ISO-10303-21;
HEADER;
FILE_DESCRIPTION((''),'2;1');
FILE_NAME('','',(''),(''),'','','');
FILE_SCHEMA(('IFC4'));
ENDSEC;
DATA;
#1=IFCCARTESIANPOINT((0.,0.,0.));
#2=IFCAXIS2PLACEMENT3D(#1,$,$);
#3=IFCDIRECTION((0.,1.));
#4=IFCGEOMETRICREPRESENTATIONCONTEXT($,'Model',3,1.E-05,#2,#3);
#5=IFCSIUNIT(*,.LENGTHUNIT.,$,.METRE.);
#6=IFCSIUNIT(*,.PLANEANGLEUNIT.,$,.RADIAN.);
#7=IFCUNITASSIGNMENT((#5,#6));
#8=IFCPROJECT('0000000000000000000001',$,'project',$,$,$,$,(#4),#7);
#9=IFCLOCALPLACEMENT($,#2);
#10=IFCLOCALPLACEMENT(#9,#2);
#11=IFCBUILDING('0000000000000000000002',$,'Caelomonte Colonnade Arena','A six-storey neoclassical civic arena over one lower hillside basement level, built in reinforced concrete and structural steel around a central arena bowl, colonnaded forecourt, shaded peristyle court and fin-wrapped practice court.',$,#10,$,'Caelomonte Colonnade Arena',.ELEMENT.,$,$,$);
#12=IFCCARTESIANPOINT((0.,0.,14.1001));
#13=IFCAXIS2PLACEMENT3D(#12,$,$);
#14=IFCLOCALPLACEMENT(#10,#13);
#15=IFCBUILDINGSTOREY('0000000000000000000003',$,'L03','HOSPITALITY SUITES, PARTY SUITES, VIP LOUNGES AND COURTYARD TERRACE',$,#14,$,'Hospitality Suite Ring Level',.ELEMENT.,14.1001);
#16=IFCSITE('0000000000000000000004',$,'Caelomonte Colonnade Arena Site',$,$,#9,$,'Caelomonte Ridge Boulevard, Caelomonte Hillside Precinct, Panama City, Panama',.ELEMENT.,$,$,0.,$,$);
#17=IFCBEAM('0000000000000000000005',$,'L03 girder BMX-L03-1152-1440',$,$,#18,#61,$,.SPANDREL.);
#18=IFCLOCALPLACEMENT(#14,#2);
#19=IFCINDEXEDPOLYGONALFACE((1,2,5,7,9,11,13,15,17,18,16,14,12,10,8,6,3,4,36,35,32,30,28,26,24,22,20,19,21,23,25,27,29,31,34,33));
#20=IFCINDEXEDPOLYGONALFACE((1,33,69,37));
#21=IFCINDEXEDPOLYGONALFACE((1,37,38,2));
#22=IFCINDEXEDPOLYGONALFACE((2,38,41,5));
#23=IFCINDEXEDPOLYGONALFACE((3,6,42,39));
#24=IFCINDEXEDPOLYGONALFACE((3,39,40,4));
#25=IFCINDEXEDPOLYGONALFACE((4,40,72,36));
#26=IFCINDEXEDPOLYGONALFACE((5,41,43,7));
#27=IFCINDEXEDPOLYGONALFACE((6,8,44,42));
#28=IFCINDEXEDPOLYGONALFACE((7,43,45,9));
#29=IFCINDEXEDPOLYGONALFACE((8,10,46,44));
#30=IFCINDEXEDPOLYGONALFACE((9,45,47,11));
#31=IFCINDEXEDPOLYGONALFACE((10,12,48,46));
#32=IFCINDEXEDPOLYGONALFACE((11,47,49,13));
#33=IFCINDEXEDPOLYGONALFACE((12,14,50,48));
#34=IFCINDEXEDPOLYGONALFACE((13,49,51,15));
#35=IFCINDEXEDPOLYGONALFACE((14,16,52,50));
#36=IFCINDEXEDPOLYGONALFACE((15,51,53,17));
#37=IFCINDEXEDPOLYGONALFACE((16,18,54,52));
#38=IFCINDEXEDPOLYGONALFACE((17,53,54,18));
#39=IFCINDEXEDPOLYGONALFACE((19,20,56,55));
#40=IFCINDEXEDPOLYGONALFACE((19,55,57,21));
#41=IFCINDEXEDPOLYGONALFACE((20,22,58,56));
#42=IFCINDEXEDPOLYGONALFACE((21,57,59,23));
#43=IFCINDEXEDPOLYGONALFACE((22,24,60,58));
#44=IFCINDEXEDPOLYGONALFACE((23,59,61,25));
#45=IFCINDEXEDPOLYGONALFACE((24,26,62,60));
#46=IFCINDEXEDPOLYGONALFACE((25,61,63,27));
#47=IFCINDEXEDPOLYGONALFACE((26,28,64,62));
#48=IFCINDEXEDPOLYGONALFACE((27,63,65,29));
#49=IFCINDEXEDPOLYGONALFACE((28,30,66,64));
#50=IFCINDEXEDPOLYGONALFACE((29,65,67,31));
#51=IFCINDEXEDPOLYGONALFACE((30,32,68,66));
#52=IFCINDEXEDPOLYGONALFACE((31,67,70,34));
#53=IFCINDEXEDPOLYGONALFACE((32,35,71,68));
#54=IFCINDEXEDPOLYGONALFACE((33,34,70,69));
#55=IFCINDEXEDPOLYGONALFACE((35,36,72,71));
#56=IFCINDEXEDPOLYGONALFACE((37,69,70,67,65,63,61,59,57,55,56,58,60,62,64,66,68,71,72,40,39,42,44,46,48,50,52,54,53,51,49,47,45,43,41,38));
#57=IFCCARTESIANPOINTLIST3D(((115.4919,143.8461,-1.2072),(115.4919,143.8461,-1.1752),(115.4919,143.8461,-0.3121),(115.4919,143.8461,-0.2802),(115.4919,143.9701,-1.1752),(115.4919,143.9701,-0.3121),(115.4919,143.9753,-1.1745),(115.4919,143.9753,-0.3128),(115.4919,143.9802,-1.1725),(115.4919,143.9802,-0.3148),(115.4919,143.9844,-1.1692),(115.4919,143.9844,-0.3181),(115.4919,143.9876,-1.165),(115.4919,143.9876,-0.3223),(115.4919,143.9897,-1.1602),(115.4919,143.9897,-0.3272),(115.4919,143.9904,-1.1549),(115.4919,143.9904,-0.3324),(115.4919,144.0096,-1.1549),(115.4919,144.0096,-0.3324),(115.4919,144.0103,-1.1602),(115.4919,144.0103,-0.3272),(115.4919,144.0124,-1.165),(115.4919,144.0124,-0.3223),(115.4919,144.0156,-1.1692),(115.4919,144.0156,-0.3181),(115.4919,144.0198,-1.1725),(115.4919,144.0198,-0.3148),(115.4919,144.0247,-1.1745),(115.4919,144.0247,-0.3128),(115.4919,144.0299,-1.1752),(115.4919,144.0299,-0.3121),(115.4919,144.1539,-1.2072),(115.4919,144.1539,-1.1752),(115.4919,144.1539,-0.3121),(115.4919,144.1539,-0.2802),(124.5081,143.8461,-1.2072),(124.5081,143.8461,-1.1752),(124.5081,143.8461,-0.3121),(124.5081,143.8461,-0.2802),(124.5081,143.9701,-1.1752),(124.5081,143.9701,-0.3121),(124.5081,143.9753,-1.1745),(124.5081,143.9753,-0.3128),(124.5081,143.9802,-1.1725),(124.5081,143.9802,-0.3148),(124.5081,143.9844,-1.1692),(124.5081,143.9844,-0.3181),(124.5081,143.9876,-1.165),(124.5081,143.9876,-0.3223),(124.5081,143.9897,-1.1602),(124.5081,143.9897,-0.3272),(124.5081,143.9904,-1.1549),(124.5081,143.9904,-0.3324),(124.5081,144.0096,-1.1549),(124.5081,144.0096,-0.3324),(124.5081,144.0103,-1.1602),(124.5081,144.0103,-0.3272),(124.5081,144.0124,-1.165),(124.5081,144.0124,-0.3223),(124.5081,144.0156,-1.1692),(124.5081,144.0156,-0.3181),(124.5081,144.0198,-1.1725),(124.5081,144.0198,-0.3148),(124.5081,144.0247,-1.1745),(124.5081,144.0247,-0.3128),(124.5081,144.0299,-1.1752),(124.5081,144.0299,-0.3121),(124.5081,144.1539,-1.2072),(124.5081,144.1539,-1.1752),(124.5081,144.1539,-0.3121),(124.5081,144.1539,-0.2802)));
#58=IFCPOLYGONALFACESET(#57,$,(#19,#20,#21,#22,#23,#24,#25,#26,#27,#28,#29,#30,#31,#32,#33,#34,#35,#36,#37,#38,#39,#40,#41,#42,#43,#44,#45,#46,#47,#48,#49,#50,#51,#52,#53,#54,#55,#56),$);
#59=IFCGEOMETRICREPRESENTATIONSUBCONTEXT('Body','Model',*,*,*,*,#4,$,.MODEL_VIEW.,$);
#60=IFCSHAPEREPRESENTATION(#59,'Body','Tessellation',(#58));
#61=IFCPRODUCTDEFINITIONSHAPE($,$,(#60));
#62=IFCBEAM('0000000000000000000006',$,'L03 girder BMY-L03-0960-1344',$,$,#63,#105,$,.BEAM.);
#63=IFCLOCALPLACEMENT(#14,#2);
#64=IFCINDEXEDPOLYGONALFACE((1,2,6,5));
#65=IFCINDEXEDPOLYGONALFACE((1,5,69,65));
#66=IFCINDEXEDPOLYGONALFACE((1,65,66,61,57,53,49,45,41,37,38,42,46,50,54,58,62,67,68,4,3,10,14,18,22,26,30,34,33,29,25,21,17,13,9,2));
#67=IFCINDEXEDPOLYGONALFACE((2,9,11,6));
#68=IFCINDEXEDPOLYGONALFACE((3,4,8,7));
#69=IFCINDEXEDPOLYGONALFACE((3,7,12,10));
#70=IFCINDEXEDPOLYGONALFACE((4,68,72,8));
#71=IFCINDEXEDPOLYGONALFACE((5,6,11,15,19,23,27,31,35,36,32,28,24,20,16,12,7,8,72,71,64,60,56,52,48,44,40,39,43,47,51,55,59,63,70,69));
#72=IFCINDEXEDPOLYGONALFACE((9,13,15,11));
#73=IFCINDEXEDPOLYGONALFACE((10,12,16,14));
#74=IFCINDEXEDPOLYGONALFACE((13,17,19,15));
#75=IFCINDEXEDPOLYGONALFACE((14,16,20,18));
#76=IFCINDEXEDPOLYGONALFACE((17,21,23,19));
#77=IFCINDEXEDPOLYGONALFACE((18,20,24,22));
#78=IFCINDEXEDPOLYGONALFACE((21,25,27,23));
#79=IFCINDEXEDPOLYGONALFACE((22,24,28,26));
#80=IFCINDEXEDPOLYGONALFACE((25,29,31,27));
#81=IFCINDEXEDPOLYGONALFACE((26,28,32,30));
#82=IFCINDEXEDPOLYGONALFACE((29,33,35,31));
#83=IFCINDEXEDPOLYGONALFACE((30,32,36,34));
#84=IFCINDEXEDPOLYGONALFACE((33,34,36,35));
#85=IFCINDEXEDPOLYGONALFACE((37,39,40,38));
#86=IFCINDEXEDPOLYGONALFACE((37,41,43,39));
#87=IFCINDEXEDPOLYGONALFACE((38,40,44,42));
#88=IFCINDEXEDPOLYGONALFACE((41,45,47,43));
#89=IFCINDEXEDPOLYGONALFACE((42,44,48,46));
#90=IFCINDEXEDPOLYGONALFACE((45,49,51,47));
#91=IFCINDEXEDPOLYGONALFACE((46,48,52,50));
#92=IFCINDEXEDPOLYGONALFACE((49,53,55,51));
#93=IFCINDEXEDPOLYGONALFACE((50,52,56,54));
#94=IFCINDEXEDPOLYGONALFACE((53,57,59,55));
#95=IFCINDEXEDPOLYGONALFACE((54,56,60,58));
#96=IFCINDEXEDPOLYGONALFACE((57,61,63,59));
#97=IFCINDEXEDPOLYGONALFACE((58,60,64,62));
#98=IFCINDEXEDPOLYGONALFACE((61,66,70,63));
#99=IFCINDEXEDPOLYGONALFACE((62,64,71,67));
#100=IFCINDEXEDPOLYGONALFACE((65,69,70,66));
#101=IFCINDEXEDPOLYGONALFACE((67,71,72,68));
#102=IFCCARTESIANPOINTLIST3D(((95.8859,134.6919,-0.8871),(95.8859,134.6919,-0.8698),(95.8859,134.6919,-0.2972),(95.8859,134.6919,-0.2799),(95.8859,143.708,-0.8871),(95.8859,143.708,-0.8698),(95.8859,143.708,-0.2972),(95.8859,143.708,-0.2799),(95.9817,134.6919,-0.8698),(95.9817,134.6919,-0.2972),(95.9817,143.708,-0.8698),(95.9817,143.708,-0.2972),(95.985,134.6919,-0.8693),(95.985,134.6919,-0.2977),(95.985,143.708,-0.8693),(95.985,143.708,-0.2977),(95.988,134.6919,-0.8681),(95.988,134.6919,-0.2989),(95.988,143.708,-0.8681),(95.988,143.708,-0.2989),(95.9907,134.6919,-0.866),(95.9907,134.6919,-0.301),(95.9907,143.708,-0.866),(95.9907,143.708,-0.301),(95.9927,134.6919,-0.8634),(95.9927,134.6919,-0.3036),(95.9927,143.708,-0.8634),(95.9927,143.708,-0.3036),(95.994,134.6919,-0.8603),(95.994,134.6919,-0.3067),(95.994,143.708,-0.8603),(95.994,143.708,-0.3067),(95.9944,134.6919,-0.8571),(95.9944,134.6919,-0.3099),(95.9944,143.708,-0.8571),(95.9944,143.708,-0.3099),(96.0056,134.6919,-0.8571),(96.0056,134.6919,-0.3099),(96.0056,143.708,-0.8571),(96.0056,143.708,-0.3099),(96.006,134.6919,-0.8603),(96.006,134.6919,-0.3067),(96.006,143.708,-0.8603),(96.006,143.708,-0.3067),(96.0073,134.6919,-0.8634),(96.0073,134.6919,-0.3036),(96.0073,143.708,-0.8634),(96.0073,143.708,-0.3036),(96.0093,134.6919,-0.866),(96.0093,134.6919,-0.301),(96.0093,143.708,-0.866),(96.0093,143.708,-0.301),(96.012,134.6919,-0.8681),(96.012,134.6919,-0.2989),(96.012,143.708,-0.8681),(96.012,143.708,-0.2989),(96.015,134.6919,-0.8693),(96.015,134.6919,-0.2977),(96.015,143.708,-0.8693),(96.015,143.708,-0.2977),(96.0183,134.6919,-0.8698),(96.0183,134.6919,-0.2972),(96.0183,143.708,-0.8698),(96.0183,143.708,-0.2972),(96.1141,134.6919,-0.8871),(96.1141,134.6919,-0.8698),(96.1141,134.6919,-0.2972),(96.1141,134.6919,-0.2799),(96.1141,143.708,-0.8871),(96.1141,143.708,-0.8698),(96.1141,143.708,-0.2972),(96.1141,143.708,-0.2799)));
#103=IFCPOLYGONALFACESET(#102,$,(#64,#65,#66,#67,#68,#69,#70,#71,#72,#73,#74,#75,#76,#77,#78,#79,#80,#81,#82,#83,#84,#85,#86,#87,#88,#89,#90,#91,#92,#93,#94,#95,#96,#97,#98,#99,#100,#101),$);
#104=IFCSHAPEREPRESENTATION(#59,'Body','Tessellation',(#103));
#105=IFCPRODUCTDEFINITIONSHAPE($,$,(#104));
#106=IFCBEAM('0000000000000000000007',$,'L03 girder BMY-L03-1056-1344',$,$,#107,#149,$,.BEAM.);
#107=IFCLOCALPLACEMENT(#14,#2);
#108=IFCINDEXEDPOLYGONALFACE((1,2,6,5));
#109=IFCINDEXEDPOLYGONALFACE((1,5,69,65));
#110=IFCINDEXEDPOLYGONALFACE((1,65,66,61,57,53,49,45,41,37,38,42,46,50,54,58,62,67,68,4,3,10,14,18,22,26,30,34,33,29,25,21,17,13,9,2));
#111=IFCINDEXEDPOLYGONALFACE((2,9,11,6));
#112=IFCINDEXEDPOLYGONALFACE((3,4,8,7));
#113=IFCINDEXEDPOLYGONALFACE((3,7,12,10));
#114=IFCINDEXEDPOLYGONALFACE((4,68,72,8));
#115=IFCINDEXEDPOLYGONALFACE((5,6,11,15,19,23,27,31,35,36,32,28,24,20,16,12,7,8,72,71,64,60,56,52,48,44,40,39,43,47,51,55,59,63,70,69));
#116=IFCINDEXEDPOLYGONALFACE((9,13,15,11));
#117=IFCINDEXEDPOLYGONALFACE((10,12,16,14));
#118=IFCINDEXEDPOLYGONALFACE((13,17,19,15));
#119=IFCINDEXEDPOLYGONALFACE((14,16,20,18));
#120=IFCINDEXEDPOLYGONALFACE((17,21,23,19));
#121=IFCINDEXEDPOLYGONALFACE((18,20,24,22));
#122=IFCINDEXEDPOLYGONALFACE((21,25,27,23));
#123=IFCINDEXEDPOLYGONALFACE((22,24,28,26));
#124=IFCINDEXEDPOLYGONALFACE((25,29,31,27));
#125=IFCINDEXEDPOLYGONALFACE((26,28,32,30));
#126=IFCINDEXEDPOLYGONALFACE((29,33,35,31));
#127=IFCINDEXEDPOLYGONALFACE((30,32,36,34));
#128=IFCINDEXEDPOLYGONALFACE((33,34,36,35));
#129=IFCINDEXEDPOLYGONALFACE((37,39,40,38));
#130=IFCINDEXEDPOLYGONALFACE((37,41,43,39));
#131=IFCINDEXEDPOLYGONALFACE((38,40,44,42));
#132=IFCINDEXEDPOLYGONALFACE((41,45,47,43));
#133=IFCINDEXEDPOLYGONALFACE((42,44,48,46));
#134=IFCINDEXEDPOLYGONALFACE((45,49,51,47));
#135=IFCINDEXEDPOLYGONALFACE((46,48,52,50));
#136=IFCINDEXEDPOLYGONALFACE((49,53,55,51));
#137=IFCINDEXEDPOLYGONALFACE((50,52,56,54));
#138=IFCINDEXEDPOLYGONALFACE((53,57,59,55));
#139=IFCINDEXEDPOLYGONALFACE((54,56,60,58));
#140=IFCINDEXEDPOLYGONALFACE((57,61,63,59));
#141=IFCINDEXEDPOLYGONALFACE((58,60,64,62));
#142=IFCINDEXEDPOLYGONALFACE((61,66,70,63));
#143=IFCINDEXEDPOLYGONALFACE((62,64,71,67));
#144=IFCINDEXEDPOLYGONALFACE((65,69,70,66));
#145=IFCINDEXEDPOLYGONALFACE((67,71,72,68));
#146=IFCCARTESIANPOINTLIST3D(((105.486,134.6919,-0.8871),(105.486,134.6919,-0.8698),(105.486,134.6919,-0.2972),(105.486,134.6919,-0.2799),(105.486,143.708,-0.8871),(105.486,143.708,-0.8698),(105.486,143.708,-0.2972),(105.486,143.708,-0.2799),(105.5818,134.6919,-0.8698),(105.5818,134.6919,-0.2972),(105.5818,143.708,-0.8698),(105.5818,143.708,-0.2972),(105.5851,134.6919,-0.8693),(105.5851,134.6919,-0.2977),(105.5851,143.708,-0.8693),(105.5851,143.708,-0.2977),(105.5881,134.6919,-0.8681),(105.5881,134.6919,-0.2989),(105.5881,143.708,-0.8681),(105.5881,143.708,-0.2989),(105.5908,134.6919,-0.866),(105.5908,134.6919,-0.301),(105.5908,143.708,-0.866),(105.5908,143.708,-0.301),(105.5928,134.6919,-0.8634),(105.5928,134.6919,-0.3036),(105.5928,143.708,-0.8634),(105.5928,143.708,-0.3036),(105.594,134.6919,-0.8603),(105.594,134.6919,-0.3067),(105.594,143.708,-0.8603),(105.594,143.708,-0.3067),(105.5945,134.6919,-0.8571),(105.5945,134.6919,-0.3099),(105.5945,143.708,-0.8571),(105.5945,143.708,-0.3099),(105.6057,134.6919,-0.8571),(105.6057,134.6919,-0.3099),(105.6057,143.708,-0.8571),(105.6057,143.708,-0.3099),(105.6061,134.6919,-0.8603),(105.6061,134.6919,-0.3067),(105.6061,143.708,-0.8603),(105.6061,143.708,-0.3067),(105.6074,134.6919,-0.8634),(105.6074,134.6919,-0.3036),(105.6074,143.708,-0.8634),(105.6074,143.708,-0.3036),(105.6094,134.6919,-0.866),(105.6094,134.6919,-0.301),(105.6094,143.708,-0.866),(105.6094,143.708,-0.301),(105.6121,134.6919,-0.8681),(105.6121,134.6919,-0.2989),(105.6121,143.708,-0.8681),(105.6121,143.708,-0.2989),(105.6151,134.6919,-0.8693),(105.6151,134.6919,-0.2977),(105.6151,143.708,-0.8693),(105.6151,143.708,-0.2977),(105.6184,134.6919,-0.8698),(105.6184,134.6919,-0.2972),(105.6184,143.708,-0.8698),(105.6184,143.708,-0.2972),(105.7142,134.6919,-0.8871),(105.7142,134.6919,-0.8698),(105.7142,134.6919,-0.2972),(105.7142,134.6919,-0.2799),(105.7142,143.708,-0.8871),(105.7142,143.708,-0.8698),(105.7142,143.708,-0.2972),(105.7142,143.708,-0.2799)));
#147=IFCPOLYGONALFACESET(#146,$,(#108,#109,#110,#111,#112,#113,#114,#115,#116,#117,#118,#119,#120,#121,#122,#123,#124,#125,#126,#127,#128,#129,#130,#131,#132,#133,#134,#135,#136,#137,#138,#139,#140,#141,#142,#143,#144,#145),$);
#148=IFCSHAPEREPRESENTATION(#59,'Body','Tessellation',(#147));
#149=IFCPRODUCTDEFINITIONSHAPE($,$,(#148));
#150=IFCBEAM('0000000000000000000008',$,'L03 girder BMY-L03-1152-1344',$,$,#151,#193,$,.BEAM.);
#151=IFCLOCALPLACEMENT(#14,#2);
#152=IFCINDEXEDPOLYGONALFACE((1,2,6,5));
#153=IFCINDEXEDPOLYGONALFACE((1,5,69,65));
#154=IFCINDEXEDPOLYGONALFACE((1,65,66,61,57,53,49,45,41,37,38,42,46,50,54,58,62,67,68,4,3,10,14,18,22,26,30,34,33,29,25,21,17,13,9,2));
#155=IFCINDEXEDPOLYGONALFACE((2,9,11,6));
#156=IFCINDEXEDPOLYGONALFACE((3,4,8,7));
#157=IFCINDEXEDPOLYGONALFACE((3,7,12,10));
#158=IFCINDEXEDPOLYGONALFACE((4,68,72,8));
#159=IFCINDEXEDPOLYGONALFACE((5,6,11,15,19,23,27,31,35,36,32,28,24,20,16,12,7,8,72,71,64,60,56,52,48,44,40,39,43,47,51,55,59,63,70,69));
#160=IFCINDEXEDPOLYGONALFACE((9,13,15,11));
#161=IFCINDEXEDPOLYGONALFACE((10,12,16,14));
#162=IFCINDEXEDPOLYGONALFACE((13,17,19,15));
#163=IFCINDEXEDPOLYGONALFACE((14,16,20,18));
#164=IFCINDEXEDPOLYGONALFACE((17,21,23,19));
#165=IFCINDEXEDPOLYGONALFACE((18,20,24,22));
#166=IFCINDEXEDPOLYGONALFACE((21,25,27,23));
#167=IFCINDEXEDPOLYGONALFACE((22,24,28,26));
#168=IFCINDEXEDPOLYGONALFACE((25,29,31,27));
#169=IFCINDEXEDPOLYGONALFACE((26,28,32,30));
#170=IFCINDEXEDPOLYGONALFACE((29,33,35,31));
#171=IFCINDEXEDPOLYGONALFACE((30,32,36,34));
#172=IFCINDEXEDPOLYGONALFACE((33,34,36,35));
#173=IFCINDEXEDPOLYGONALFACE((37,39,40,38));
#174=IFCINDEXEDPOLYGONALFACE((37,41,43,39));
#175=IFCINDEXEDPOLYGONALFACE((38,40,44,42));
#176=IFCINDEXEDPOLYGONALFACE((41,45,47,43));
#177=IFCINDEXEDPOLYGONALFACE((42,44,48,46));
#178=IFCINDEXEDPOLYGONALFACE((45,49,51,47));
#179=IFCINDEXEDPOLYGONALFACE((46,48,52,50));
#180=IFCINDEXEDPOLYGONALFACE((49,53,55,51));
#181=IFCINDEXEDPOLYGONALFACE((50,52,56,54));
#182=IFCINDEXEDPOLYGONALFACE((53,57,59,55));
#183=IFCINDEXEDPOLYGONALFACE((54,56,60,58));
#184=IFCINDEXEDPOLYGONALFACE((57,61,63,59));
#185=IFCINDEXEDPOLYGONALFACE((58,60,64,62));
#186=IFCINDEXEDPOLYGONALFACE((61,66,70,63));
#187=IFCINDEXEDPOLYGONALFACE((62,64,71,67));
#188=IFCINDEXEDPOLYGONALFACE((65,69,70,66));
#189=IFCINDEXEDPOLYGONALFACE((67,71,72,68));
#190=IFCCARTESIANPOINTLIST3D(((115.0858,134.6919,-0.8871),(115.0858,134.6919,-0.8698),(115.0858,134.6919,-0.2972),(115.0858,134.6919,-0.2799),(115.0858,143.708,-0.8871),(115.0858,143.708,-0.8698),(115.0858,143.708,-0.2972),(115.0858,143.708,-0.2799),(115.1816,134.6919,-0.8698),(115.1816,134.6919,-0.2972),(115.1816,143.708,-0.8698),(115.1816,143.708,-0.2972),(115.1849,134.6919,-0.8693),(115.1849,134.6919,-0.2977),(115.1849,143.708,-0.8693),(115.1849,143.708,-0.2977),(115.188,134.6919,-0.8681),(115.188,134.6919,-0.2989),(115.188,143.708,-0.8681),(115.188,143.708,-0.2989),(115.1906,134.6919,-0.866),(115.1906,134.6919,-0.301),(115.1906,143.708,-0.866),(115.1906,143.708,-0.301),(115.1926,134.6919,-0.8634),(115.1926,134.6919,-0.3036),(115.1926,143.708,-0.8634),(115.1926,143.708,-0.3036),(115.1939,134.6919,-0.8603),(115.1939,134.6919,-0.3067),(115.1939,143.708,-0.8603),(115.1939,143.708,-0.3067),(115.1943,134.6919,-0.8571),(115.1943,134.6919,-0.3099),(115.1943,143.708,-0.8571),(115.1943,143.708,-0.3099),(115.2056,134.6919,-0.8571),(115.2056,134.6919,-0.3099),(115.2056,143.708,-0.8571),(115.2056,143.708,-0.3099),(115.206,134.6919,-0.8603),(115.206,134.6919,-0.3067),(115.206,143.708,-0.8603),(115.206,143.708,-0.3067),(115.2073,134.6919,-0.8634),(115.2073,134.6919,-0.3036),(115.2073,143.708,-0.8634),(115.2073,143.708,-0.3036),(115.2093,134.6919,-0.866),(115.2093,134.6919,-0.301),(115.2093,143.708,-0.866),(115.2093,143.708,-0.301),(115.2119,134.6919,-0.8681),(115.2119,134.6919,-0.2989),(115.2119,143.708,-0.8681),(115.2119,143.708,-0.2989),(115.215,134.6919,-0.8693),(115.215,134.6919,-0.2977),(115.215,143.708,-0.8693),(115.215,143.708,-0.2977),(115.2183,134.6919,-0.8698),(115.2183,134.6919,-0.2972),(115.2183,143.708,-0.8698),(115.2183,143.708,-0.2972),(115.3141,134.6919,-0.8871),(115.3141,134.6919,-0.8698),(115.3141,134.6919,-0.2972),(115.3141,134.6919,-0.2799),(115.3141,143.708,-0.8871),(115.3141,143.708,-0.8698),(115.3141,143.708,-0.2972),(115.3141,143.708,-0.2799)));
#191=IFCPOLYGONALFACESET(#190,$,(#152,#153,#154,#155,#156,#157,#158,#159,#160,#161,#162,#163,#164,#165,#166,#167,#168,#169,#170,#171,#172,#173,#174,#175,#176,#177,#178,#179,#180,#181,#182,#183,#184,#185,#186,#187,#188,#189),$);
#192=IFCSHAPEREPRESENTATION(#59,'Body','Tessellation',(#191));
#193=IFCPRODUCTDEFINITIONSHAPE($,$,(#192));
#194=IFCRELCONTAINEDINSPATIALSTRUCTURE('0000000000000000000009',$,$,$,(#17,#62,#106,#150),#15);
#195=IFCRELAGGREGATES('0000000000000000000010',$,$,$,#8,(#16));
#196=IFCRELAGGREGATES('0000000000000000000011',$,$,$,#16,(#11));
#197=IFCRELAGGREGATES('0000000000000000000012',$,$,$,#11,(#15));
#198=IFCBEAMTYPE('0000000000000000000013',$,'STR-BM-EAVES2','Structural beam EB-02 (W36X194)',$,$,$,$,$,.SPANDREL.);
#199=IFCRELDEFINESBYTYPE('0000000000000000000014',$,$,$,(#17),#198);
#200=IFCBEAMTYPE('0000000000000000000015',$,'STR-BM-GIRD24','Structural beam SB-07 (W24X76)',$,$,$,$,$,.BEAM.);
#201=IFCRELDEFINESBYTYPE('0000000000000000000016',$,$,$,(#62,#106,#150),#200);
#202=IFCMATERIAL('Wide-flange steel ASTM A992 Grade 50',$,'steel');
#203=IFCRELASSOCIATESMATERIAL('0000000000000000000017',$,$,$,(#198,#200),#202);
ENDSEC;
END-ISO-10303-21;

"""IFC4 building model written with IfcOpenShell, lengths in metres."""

from ifc_helpers import new_model, si_unit, direction, frame, origin, origin_2d, place, context, subcontext, project, spatial, i_section, extrude, material, material_profile, profile_set, type_object, element, save


model = new_model("IFC4")

# Units and contexts
model_context = context("Model", 3, precision=1e-05, world=origin(), true_north=direction((0.0, 1.0)))
body_context = subcontext(model_context, "Body", "Model", "MODEL_VIEW")
ifc_project = project(units=[si_unit("LENGTHUNIT", "METRE"), si_unit("PLANEANGLEUNIT", "RADIAN")], contexts=[model_context])

# Site, building, storey
site_placement = place(None, origin())
site = spatial("IfcSite", under=ifc_project, at=site_placement, Name="Caelomonte Colonnade Arena Site", LongName="Caelomonte Ridge Boulevard, Caelomonte Hillside Precinct, Panama City, Panama", CompositionType="ELEMENT", RefElevation=0.0)
building_placement = place(site_placement, origin())
building = spatial("IfcBuilding", under=site, at=building_placement, Name="Caelomonte Colonnade Arena", Description="A six-storey neoclassical civic arena over one lower hillside basement level, built in reinforced concrete and structural steel around a central arena bowl, colonnaded forecourt, shaded peristyle court and fin-wrapped practice court.", LongName="Caelomonte Colonnade Arena", CompositionType="ELEMENT")
storey_placement = place(building_placement, frame((0.0, 0.0, 14.1001)))
storey = spatial("IfcBuildingStorey", under=building, at=storey_placement, Name="L03", Description="HOSPITALITY SUITES, PARTY SUITES, VIP LOUNGES AND COURTYARD TERRACE", LongName="Hospitality Suite Ring Level", CompositionType="ELEMENT", Elevation=14.1001)

# Beams
ifc_material_1 = material(Name="Wide-flange steel ASTM A992 Grade 50", Category="steel")
ifc_material_profile_1 = material_profile(ifc_material_1, i_section(OverallWidth=0.3079, OverallDepth=0.927, WebThickness=0.0193, FlangeThickness=0.032, FilletRadius=0.0203, at=origin_2d()), Name="W36X194")
ifc_profile_set_1 = profile_set([ifc_material_profile_1], Name="Wide-flange steel ASTM A992 Grade 50")
beam_type_1 = type_object("IfcBeamType", Name="STR-BM-EAVES2", Description="Structural beam EB-02 (W36X194)", PredefinedType="SPANDREL", material=ifc_profile_set_1)
beam_1_placement = place(storey_placement, frame((115.4919, 144.0, -0.7437), z_axis=(1.0, 0.0, 0.0), x_axis=(0.0, 1.0, 0.0)))
element("IfcBeam", 1, at=beam_1_placement, inside=storey, type_object=beam_type_1, Name="L03 girder BMX-L03-1152-1440", PredefinedType="SPANDREL", context=body_context, shape_type="SweptSolid", body=[
    extrude(i_section(OverallWidth=0.3079, OverallDepth=0.927, WebThickness=0.0193, FlangeThickness=0.032, FilletRadius=0.0203, at=origin_2d()), origin(), (0.0, 0.0, 1.0), 9.0161),
])
ifc_material_profile_2 = material_profile(ifc_material_1, i_section(OverallWidth=0.2283, OverallDepth=0.6072, WebThickness=0.0112, FlangeThickness=0.0173, FilletRadius=0.0127, at=origin_2d()), Name="W24X76")
ifc_profile_set_2 = profile_set([ifc_material_profile_2], Name="Wide-flange steel ASTM A992 Grade 50")
beam_type_2 = type_object("IfcBeamType", Name="STR-BM-GIRD24", Description="Structural beam SB-07 (W24X76)", PredefinedType="BEAM", material=ifc_profile_set_2)
for number, where, z_axis, x_axis, name in (
    (2, (96.0, 134.6919, -0.5835), (0.0, 1.0, 0.0), (-1.0, 0.0, 0.0), "L03 girder BMY-L03-0960-1344"),
    (3, (105.6001, 134.6919, -0.5835), (0.0, 1.0, 0.0), (-1.0, 0.0, 0.0), "L03 girder BMY-L03-1056-1344"),
    (4, (115.2, 134.6919, -0.5835), (0.0, 1.0, 0.0), (-1.0, 0.0, 0.0), "L03 girder BMY-L03-1152-1344"),
):
    element("IfcBeam", number, at=place(storey_placement, frame(where, z_axis=z_axis, x_axis=x_axis)), inside=storey, type_object=beam_type_2, Name=name, PredefinedType="BEAM", context=body_context, shape_type="SweptSolid", body=[
        extrude(i_section(OverallWidth=0.2283, OverallDepth=0.6072, WebThickness=0.0112, FlangeThickness=0.0173, FilletRadius=0.0127, at=origin_2d()), origin(), (0.0, 0.0, 1.0), 9.0161),
    ])

save(model, "model.ifc")
